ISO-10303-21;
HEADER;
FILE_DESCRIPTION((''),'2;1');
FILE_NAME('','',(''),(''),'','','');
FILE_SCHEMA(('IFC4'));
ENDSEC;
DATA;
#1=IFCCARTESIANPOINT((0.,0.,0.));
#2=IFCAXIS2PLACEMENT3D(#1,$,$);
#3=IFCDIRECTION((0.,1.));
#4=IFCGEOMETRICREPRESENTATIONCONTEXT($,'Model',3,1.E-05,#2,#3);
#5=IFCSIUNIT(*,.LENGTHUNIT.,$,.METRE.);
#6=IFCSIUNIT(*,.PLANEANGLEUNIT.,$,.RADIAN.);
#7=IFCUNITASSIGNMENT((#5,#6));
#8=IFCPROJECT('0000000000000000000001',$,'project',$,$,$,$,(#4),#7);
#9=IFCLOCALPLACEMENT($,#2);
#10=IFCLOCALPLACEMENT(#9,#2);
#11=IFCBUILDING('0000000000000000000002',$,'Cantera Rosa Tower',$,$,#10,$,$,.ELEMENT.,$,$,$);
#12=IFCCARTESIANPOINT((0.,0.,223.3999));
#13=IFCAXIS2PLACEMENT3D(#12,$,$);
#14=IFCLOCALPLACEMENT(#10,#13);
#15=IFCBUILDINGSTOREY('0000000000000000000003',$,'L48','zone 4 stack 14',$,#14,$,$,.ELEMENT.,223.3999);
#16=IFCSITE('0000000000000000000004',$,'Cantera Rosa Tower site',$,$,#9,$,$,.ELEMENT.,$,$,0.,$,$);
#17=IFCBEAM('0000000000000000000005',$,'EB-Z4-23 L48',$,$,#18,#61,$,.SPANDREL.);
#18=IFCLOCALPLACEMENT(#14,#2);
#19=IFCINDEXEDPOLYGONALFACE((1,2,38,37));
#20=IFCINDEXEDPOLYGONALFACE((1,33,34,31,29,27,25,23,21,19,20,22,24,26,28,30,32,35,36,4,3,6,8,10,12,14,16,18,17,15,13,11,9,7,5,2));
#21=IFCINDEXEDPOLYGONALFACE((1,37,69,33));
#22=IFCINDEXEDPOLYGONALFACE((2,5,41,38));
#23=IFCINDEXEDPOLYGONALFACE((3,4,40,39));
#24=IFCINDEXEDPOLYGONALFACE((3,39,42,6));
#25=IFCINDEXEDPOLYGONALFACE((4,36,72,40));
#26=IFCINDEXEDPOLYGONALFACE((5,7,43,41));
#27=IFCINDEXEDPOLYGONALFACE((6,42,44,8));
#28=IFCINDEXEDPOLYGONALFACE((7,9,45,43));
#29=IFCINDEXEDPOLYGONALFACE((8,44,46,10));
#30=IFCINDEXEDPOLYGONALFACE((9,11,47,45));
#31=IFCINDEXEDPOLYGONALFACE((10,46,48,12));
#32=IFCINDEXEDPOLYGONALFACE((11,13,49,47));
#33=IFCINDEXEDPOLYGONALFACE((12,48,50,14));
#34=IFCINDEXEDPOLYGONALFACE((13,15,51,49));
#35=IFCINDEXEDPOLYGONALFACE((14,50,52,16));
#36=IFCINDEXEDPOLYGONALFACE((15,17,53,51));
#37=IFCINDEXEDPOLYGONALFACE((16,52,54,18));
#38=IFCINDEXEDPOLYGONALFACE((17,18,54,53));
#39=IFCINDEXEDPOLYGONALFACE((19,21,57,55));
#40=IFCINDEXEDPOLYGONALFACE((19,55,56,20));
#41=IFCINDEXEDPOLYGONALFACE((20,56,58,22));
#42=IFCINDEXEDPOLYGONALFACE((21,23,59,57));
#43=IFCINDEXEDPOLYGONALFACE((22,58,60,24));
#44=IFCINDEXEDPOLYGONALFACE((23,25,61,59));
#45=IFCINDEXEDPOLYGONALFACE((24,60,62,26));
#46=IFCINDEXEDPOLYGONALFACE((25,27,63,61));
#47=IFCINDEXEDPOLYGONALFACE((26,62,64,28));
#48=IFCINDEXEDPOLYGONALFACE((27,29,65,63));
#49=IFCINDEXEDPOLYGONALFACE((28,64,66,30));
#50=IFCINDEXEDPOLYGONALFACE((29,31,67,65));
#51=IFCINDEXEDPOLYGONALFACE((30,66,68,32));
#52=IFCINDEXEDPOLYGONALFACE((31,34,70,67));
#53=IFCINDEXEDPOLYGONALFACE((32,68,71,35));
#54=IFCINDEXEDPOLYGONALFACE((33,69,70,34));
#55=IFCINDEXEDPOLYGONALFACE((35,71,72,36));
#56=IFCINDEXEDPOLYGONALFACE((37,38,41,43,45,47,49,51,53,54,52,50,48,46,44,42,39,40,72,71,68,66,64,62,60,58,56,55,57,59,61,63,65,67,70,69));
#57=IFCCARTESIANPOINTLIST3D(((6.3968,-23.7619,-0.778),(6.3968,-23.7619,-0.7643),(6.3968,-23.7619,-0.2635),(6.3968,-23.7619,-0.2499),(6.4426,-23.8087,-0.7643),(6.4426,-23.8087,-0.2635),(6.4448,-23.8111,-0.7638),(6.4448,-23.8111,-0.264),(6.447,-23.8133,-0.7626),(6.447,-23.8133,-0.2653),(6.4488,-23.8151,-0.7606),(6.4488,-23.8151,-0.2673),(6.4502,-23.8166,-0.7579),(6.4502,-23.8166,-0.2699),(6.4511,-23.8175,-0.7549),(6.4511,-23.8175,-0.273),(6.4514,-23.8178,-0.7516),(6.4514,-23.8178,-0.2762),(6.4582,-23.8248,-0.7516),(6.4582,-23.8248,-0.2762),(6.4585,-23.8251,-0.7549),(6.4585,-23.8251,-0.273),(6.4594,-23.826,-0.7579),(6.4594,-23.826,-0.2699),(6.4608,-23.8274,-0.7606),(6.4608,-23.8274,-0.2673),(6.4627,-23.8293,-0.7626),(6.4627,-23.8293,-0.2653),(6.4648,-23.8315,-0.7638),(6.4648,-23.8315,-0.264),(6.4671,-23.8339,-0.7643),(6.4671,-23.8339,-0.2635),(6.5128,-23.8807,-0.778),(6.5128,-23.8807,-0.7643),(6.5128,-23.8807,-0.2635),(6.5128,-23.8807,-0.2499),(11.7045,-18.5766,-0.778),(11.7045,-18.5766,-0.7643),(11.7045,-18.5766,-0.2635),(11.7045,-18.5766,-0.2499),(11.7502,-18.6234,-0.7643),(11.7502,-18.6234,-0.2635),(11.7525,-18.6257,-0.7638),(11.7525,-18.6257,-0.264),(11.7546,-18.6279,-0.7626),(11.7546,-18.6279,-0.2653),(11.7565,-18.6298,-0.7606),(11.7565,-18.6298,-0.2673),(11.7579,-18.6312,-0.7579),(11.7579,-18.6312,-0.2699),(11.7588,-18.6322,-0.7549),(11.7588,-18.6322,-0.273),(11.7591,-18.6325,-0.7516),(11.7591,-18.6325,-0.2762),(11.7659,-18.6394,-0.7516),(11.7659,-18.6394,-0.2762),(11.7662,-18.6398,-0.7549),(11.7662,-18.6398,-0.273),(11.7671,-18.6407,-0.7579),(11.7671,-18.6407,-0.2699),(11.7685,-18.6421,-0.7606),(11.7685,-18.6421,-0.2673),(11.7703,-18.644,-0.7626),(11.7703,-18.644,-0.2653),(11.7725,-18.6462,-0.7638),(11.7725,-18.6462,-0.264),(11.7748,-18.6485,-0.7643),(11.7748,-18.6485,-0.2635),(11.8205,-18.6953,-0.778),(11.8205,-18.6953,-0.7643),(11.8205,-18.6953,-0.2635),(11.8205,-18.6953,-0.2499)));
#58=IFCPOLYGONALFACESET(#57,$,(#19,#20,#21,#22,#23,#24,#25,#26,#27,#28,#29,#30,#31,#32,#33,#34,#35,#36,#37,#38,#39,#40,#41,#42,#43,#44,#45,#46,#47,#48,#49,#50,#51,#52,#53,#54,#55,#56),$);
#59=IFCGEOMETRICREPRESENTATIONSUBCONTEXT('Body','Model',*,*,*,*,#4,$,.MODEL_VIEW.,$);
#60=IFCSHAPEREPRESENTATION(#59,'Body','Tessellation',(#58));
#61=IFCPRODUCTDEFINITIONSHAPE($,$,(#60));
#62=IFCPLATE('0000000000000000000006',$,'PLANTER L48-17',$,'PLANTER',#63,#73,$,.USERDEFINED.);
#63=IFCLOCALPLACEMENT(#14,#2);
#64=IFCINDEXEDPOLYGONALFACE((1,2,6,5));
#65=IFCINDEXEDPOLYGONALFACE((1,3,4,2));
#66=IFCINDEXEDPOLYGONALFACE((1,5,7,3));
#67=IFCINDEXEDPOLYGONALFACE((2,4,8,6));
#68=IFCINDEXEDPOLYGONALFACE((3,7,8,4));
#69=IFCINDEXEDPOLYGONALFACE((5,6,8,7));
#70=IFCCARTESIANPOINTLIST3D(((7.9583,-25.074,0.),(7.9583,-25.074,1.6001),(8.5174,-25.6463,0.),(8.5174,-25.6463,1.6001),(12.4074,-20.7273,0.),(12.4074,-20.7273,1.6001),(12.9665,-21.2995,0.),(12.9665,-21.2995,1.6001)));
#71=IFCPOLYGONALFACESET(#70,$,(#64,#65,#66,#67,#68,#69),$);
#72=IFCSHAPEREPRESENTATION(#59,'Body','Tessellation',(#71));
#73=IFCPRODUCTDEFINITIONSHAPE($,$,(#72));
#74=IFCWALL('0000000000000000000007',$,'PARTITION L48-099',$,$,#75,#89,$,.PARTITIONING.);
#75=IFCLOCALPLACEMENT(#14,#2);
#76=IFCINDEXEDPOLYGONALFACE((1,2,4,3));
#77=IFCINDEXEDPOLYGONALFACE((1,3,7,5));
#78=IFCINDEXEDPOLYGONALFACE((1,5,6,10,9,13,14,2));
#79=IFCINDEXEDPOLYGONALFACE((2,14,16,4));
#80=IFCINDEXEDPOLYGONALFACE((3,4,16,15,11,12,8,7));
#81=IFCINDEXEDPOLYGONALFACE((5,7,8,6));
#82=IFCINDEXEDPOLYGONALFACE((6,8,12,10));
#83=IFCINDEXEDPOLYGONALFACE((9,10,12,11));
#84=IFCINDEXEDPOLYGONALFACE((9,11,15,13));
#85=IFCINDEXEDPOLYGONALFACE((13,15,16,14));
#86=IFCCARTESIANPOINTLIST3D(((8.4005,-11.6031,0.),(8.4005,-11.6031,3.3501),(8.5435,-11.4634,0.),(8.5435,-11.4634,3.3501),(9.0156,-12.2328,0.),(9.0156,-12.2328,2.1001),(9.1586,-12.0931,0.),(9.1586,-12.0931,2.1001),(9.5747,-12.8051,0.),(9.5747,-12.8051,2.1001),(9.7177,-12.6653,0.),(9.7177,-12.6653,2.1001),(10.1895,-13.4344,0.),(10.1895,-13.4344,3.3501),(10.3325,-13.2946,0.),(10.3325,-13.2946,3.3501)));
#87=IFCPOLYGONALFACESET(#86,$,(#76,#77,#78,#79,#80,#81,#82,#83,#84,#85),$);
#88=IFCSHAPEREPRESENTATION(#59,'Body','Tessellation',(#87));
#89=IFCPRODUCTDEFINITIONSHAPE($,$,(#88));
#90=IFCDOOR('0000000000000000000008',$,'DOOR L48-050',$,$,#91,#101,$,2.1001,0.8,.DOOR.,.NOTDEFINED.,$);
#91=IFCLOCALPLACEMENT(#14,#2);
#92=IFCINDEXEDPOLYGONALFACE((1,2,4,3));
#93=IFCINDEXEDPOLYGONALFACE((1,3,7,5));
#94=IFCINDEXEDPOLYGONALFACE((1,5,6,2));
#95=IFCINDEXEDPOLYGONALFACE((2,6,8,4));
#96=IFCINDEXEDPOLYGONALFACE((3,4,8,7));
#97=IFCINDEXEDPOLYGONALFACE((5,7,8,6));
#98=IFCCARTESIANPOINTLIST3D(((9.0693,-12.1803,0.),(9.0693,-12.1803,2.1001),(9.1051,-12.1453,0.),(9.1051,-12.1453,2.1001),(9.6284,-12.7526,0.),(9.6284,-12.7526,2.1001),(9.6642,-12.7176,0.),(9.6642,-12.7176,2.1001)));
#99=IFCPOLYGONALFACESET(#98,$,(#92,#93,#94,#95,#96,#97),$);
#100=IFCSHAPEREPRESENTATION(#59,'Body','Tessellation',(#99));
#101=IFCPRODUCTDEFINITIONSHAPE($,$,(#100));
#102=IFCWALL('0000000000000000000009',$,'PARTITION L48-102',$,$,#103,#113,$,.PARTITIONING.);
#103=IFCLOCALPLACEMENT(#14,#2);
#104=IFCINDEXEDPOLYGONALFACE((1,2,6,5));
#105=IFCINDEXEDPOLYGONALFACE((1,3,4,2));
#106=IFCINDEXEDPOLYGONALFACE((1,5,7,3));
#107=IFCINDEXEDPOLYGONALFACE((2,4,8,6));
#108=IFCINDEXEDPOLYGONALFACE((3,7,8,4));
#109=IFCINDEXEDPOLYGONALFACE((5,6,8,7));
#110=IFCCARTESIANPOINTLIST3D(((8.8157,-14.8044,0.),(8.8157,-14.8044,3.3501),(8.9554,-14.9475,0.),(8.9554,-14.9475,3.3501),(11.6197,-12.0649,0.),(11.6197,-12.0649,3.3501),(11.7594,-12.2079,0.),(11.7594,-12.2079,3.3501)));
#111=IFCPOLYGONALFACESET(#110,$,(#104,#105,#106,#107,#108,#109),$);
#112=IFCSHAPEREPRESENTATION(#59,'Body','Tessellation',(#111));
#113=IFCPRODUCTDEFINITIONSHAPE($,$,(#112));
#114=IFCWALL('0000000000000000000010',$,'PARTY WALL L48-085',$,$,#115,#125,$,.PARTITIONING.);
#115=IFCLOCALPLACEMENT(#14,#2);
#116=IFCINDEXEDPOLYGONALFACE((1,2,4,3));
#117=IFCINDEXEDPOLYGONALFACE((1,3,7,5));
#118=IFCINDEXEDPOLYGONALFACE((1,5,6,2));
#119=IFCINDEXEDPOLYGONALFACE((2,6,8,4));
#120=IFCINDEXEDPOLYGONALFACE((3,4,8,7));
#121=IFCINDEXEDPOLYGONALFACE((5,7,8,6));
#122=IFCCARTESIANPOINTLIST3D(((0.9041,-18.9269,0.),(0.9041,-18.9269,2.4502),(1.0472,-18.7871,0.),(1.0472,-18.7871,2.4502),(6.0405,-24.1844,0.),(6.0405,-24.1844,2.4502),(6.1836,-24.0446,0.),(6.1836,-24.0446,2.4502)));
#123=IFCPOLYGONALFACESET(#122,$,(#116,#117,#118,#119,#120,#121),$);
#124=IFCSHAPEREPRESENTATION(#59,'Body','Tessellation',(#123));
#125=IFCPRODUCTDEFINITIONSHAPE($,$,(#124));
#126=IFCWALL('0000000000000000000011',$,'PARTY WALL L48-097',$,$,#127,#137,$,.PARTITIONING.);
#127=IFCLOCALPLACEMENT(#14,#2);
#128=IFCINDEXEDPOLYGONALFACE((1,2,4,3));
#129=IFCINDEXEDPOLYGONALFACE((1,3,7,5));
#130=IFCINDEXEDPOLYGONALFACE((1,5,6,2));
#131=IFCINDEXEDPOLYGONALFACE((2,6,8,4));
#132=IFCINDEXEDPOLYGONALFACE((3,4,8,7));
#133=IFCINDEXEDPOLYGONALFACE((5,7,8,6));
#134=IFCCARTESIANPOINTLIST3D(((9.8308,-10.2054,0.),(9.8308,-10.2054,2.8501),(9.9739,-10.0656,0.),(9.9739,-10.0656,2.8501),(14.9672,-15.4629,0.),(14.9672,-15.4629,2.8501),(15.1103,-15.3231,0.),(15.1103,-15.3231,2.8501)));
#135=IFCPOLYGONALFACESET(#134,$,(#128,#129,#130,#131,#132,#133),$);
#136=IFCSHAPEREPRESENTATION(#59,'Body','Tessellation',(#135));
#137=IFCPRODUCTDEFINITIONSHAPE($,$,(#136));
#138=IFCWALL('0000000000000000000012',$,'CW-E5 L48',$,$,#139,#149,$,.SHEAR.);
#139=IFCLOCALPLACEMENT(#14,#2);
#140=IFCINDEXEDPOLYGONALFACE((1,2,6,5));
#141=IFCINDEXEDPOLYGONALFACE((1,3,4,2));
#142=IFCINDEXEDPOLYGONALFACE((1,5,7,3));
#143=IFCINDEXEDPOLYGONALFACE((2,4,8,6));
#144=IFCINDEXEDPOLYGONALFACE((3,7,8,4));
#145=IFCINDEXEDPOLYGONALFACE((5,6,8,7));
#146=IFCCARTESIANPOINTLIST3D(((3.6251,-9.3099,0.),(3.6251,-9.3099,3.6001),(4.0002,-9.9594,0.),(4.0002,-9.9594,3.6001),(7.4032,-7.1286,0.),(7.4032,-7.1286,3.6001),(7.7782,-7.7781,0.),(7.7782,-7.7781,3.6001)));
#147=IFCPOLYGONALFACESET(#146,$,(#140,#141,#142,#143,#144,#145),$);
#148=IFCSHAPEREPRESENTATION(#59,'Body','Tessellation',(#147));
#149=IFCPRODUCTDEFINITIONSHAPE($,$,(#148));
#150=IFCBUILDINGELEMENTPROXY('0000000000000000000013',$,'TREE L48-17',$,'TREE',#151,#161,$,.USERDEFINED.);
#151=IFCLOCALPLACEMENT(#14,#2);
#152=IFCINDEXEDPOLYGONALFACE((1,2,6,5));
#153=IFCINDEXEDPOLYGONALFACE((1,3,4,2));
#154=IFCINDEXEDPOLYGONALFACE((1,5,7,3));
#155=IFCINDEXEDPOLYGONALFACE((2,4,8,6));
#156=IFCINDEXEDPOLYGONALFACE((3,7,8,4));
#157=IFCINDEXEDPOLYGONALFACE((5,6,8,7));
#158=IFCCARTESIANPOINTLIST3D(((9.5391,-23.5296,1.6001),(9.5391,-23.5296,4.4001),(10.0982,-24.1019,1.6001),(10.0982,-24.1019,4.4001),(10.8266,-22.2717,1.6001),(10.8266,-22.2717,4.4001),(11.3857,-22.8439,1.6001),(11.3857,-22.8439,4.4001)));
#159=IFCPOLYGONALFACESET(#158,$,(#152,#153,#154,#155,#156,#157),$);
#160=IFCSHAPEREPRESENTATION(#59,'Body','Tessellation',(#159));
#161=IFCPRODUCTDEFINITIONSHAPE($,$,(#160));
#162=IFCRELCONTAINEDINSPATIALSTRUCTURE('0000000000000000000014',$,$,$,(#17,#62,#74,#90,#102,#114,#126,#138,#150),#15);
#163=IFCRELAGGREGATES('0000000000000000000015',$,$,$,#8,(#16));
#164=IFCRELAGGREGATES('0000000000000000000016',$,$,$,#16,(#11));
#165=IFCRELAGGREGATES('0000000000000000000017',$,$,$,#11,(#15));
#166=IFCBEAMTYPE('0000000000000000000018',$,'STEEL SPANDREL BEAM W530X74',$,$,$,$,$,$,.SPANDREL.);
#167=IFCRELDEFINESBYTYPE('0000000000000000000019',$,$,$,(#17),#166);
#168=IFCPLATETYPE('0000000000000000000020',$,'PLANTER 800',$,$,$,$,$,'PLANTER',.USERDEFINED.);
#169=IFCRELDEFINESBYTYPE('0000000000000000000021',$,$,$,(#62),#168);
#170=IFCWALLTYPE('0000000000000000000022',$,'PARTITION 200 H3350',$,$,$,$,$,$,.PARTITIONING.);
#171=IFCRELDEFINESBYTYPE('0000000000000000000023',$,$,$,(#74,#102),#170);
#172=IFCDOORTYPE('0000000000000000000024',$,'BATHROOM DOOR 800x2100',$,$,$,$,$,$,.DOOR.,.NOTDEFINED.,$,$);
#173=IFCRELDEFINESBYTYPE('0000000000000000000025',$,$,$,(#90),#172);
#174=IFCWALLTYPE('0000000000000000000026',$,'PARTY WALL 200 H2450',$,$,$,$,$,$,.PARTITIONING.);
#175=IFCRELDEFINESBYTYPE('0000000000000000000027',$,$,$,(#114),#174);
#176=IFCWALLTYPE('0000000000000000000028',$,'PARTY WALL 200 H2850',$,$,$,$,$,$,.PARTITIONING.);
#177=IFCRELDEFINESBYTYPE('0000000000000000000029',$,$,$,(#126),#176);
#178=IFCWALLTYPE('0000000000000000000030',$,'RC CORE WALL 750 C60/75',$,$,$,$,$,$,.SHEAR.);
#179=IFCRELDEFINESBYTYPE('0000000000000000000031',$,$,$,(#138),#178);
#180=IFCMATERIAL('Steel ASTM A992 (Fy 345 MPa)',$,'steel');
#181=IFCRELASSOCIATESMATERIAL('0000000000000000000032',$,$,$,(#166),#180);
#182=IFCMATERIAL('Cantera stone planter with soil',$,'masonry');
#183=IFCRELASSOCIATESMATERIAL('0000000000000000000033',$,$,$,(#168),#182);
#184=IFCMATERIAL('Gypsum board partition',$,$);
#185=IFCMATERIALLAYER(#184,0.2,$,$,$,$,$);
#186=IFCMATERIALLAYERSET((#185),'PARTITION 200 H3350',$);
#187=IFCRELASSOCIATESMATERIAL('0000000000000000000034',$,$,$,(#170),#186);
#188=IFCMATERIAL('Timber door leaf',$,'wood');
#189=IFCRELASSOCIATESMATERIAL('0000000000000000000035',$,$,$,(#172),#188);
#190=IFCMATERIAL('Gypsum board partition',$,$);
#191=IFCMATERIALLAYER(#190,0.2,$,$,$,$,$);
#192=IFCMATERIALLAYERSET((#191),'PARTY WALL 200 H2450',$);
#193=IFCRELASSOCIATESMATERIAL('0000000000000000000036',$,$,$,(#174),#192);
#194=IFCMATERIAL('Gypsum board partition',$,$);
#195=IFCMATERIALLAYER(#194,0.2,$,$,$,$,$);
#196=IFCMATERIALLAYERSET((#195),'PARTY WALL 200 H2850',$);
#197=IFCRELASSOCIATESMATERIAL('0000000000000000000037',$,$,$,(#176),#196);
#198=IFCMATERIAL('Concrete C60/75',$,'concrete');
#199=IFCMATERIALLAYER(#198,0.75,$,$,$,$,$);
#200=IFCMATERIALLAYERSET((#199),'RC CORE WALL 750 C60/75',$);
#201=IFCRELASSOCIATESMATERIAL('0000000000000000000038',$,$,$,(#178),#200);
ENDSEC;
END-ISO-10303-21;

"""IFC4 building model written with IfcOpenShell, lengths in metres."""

from ifc_helpers import new_model, si_unit, direction, frame, frame_2d, origin, origin_2d, place, context, subcontext, project, spatial, rectangle, i_section, extrude, material, layer, layer_set, material_profile, profile_set, type_object, element, fill, save


model = new_model("IFC4")

# Units and contexts
model_context = context("Model", 3, precision=1e-05, world=origin(), true_north=direction((0.0, 1.0)))
body_context = subcontext(model_context, "Body", "Model", "MODEL_VIEW")
ifc_project = project(units=[si_unit("LENGTHUNIT", "METRE"), si_unit("PLANEANGLEUNIT", "RADIAN")], contexts=[model_context])

# Site, building, storey
site_placement = place(None, origin())
site = spatial("IfcSite", under=ifc_project, at=site_placement, Name="Cantera Rosa Tower site", CompositionType="ELEMENT", RefElevation=0.0)
building_placement = place(site_placement, origin())
building = spatial("IfcBuilding", under=site, at=building_placement, Name="Cantera Rosa Tower", CompositionType="ELEMENT")
storey_placement = place(building_placement, frame((0.0, 0.0, 223.3999)))
storey = spatial("IfcBuildingStorey", under=building, at=storey_placement, Name="L48", Description="zone 4 stack 14", CompositionType="ELEMENT", Elevation=223.3999)

# Beam
ifc_material_1 = material(Name="Steel ASTM A992 (Fy 345 MPa)", Category="steel")
ifc_material_profile_1 = material_profile(ifc_material_1, i_section(OverallWidth=0.166, OverallDepth=0.5281, WebThickness=0.0098, FlangeThickness=0.0137, FilletRadius=0.0127, at=origin_2d()), Name="W530X74")
ifc_profile_set_1 = profile_set([ifc_material_profile_1], Name="Steel ASTM A992 (Fy 345 MPa)")
beam_type_1 = type_object("IfcBeamType", Name="STEEL SPANDREL BEAM W530X74", PredefinedType="SPANDREL", material=ifc_profile_set_1)
beam_1_placement = place(storey_placement, frame((6.4548, -23.8213, -0.5139), z_axis=(0.715301, 0.698817, 0.0), x_axis=(-0.698817, 0.715301, 0.0)))
element("IfcBeam", 1, at=beam_1_placement, inside=storey, type_object=beam_type_1, Name="EB-Z4-23 L48", PredefinedType="SPANDREL", context=body_context, shape_type="SweptSolid", body=[
    extrude(i_section(OverallWidth=0.166, OverallDepth=0.5281, WebThickness=0.0098, FlangeThickness=0.0137, FilletRadius=0.0127, at=origin_2d()), origin(), (0.0, 0.0, 1.0), 7.4202),
])

# Plate
ifc_material_2 = material(Name="Cantera stone planter with soil", Category="masonry")
plate_type = type_object("IfcPlateType", Name="PLANTER 800", ElementType="PLANTER", PredefinedType="USERDEFINED", material=ifc_material_2)
plate_placement = place(storey_placement, frame((10.4624, -23.1868, 0.0), z_axis=(0.0, 0.0, 1.0), x_axis=(0.715286, 0.698832, 0.0)))
element("IfcPlate", 2, at=plate_placement, inside=storey, type_object=plate_type, Name="PLANTER L48-17", ObjectType="PLANTER", PredefinedType="USERDEFINED", context=body_context, shape_type="SweptSolid", body=[
    extrude(rectangle(XDim=6.22, YDim=0.8, at=origin_2d()), origin(), (0.0, 0.0, 1.0), 1.6001),
])

# Wall, opening, door
ifc_material_3 = material(Name="Gypsum board partition")
ifc_layer_1 = layer(ifc_material_3, 0.2)
ifc_layer_set_1 = layer_set([ifc_layer_1], Name="PARTITION 200 H3350")
wall_type_1 = type_object("IfcWallType", Name="PARTITION 200 H3350", PredefinedType="PARTITIONING", material=ifc_layer_set_1)
wall_1_placement = place(storey_placement, frame((10.261, -13.3645, 0.0), z_axis=(0.0, 0.0, 1.0), x_axis=(-0.69881, 0.715307, 0.0)))
wall_1 = element("IfcWall", 3, at=wall_1_placement, inside=storey, type_object=wall_type_1, Name="PARTITION L48-099", PredefinedType="PARTITIONING", context=body_context, shape_type="SweptSolid", body=[
    extrude(rectangle(XDim=2.5601, YDim=0.2, at=frame_2d((1.28, 0.0))), origin(), (0.0, 0.0, 1.0), 3.3501),
])
opening_1_placement = place(wall_1_placement, frame((0.8799, 0.0, 0.0)))
opening_1 = element("IfcOpeningElement", 4, at=opening_1_placement, cuts=wall_1, PredefinedType="OPENING", context=body_context, shape_type="SweptSolid", body=[
    extrude(rectangle(XDim=0.8, YDim=2.1001, at=frame_2d((0.3999, 1.05))), frame((0.0, 0.1099, 0.0), z_axis=(0.0, -1.0, 0.0), x_axis=(1.0, 0.0, 0.0)), (0.0, 0.0, 1.0), 0.22),
])
ifc_material_4 = material(Name="Timber door leaf", Category="wood")
door_type_1 = type_object("IfcDoorType", Name="BATHROOM DOOR 800x2100", OperationType="NOTDEFINED", PredefinedType="DOOR", material=ifc_material_4)
door_1_placement = place(opening_1_placement, origin())
door_1 = element("IfcDoor", 5, at=door_1_placement, inside=storey, type_object=door_type_1, Name="DOOR L48-050", OperationType="NOTDEFINED", OverallHeight=2.1001, OverallWidth=0.8, PredefinedType="DOOR", context=body_context, shape_type="SweptSolid", body=[
    extrude(rectangle(XDim=0.8, YDim=2.1001, at=frame_2d((0.3999, 1.05))), frame((0.0, 0.0249, 0.0), z_axis=(0.0, -1.0, 0.0), x_axis=(1.0, 0.0, 0.0)), (0.0, 0.0, 1.0), 0.05),
])
fill(opening_1, door_1)

# Walls
wall_2_placement = place(storey_placement, frame((11.6895, -12.1365, 0.0), z_axis=(0.0, 0.0, 1.0), x_axis=(-0.71528, -0.698838, 0.0)))
element("IfcWall", 6, at=wall_2_placement, inside=storey, type_object=wall_type_1, Name="PARTITION L48-102", PredefinedType="PARTITIONING", context=body_context, shape_type="SweptSolid", body=[
    extrude(rectangle(XDim=3.9202, YDim=0.2, at=frame_2d((1.96, 0.0))), origin(), (0.0, 0.0, 1.0), 3.3501),
])
ifc_material_5 = material(Name="Gypsum board partition")
ifc_layer_2 = layer(ifc_material_5, 0.2)
ifc_layer_set_2 = layer_set([ifc_layer_2], Name="PARTY WALL 200 H2450")
wall_type_2 = type_object("IfcWallType", Name="PARTY WALL 200 H2450", PredefinedType="PARTITIONING", material=ifc_layer_set_2)
wall_3_placement = place(storey_placement, frame((6.1121, -24.1145, 0.0), z_axis=(0.0, 0.0, 1.0), x_axis=(-0.698821, 0.715296, 0.0)))
element("IfcWall", 7, at=wall_3_placement, inside=storey, type_object=wall_type_2, Name="PARTY WALL L48-085", PredefinedType="PARTITIONING", context=body_context, shape_type="SweptSolid", body=[
    extrude(rectangle(XDim=7.3501, YDim=0.2, at=frame_2d((3.675, 0.0))), origin(), (0.0, 0.0, 1.0), 2.4502),
])
ifc_material_6 = material(Name="Gypsum board partition")
ifc_layer_3 = layer(ifc_material_6, 0.2)
ifc_layer_set_3 = layer_set([ifc_layer_3], Name="PARTY WALL 200 H2850")
wall_type_3 = type_object("IfcWallType", Name="PARTY WALL 200 H2850", PredefinedType="PARTITIONING", material=ifc_layer_set_3)
wall_4_placement = place(storey_placement, frame((9.9023, -10.1355, 0.0), z_axis=(0.0, 0.0, 1.0), x_axis=(0.698821, -0.715296, 0.0)))
element("IfcWall", 8, at=wall_4_placement, inside=storey, type_object=wall_type_3, Name="PARTY WALL L48-097", PredefinedType="PARTITIONING", context=body_context, shape_type="SweptSolid", body=[
    extrude(rectangle(XDim=7.3501, YDim=0.2, at=frame_2d((3.675, 0.0))), origin(), (0.0, 0.0, 1.0), 2.8501),
])
ifc_material_7 = material(Name="Concrete C60/75", Category="concrete")
ifc_layer_4 = layer(ifc_material_7, 0.75)
ifc_layer_set_4 = layer_set([ifc_layer_4], Name="RC CORE WALL 750 C60/75")
wall_type_4 = type_object("IfcWallType", Name="RC CORE WALL 750 C60/75", PredefinedType="SHEAR", material=ifc_layer_set_4)
wall_5_placement = place(storey_placement, frame((7.5906, -7.4534, 0.0), z_axis=(0.0, 0.0, 1.0), x_axis=(-0.866013, -0.500021, 0.0)))
element("IfcWall", 9, at=wall_5_placement, inside=storey, type_object=wall_type_4, Name="CW-E5 L48", PredefinedType="SHEAR", context=body_context, shape_type="SweptSolid", body=[
    extrude(rectangle(XDim=4.3625, YDim=0.75, at=frame_2d((2.1812, 0.0))), origin(), (0.0, 0.0, 1.0), 3.6001),
])

# Building element proxy
proxy_placement = place(storey_placement, frame((10.4624, -23.1868, 1.6001), z_axis=(0.0, 0.0, 1.0), x_axis=(0.715286, 0.698832, 0.0)))
element("IfcBuildingElementProxy", 10, at=proxy_placement, inside=storey, Name="TREE L48-17", ObjectType="TREE", PredefinedType="USERDEFINED", context=body_context, shape_type="SweptSolid", body=[
    extrude(rectangle(XDim=1.8, YDim=0.8, at=origin_2d()), origin(), (0.0, 0.0, 1.0), 2.8),
])

save(model, "model.ifc")
